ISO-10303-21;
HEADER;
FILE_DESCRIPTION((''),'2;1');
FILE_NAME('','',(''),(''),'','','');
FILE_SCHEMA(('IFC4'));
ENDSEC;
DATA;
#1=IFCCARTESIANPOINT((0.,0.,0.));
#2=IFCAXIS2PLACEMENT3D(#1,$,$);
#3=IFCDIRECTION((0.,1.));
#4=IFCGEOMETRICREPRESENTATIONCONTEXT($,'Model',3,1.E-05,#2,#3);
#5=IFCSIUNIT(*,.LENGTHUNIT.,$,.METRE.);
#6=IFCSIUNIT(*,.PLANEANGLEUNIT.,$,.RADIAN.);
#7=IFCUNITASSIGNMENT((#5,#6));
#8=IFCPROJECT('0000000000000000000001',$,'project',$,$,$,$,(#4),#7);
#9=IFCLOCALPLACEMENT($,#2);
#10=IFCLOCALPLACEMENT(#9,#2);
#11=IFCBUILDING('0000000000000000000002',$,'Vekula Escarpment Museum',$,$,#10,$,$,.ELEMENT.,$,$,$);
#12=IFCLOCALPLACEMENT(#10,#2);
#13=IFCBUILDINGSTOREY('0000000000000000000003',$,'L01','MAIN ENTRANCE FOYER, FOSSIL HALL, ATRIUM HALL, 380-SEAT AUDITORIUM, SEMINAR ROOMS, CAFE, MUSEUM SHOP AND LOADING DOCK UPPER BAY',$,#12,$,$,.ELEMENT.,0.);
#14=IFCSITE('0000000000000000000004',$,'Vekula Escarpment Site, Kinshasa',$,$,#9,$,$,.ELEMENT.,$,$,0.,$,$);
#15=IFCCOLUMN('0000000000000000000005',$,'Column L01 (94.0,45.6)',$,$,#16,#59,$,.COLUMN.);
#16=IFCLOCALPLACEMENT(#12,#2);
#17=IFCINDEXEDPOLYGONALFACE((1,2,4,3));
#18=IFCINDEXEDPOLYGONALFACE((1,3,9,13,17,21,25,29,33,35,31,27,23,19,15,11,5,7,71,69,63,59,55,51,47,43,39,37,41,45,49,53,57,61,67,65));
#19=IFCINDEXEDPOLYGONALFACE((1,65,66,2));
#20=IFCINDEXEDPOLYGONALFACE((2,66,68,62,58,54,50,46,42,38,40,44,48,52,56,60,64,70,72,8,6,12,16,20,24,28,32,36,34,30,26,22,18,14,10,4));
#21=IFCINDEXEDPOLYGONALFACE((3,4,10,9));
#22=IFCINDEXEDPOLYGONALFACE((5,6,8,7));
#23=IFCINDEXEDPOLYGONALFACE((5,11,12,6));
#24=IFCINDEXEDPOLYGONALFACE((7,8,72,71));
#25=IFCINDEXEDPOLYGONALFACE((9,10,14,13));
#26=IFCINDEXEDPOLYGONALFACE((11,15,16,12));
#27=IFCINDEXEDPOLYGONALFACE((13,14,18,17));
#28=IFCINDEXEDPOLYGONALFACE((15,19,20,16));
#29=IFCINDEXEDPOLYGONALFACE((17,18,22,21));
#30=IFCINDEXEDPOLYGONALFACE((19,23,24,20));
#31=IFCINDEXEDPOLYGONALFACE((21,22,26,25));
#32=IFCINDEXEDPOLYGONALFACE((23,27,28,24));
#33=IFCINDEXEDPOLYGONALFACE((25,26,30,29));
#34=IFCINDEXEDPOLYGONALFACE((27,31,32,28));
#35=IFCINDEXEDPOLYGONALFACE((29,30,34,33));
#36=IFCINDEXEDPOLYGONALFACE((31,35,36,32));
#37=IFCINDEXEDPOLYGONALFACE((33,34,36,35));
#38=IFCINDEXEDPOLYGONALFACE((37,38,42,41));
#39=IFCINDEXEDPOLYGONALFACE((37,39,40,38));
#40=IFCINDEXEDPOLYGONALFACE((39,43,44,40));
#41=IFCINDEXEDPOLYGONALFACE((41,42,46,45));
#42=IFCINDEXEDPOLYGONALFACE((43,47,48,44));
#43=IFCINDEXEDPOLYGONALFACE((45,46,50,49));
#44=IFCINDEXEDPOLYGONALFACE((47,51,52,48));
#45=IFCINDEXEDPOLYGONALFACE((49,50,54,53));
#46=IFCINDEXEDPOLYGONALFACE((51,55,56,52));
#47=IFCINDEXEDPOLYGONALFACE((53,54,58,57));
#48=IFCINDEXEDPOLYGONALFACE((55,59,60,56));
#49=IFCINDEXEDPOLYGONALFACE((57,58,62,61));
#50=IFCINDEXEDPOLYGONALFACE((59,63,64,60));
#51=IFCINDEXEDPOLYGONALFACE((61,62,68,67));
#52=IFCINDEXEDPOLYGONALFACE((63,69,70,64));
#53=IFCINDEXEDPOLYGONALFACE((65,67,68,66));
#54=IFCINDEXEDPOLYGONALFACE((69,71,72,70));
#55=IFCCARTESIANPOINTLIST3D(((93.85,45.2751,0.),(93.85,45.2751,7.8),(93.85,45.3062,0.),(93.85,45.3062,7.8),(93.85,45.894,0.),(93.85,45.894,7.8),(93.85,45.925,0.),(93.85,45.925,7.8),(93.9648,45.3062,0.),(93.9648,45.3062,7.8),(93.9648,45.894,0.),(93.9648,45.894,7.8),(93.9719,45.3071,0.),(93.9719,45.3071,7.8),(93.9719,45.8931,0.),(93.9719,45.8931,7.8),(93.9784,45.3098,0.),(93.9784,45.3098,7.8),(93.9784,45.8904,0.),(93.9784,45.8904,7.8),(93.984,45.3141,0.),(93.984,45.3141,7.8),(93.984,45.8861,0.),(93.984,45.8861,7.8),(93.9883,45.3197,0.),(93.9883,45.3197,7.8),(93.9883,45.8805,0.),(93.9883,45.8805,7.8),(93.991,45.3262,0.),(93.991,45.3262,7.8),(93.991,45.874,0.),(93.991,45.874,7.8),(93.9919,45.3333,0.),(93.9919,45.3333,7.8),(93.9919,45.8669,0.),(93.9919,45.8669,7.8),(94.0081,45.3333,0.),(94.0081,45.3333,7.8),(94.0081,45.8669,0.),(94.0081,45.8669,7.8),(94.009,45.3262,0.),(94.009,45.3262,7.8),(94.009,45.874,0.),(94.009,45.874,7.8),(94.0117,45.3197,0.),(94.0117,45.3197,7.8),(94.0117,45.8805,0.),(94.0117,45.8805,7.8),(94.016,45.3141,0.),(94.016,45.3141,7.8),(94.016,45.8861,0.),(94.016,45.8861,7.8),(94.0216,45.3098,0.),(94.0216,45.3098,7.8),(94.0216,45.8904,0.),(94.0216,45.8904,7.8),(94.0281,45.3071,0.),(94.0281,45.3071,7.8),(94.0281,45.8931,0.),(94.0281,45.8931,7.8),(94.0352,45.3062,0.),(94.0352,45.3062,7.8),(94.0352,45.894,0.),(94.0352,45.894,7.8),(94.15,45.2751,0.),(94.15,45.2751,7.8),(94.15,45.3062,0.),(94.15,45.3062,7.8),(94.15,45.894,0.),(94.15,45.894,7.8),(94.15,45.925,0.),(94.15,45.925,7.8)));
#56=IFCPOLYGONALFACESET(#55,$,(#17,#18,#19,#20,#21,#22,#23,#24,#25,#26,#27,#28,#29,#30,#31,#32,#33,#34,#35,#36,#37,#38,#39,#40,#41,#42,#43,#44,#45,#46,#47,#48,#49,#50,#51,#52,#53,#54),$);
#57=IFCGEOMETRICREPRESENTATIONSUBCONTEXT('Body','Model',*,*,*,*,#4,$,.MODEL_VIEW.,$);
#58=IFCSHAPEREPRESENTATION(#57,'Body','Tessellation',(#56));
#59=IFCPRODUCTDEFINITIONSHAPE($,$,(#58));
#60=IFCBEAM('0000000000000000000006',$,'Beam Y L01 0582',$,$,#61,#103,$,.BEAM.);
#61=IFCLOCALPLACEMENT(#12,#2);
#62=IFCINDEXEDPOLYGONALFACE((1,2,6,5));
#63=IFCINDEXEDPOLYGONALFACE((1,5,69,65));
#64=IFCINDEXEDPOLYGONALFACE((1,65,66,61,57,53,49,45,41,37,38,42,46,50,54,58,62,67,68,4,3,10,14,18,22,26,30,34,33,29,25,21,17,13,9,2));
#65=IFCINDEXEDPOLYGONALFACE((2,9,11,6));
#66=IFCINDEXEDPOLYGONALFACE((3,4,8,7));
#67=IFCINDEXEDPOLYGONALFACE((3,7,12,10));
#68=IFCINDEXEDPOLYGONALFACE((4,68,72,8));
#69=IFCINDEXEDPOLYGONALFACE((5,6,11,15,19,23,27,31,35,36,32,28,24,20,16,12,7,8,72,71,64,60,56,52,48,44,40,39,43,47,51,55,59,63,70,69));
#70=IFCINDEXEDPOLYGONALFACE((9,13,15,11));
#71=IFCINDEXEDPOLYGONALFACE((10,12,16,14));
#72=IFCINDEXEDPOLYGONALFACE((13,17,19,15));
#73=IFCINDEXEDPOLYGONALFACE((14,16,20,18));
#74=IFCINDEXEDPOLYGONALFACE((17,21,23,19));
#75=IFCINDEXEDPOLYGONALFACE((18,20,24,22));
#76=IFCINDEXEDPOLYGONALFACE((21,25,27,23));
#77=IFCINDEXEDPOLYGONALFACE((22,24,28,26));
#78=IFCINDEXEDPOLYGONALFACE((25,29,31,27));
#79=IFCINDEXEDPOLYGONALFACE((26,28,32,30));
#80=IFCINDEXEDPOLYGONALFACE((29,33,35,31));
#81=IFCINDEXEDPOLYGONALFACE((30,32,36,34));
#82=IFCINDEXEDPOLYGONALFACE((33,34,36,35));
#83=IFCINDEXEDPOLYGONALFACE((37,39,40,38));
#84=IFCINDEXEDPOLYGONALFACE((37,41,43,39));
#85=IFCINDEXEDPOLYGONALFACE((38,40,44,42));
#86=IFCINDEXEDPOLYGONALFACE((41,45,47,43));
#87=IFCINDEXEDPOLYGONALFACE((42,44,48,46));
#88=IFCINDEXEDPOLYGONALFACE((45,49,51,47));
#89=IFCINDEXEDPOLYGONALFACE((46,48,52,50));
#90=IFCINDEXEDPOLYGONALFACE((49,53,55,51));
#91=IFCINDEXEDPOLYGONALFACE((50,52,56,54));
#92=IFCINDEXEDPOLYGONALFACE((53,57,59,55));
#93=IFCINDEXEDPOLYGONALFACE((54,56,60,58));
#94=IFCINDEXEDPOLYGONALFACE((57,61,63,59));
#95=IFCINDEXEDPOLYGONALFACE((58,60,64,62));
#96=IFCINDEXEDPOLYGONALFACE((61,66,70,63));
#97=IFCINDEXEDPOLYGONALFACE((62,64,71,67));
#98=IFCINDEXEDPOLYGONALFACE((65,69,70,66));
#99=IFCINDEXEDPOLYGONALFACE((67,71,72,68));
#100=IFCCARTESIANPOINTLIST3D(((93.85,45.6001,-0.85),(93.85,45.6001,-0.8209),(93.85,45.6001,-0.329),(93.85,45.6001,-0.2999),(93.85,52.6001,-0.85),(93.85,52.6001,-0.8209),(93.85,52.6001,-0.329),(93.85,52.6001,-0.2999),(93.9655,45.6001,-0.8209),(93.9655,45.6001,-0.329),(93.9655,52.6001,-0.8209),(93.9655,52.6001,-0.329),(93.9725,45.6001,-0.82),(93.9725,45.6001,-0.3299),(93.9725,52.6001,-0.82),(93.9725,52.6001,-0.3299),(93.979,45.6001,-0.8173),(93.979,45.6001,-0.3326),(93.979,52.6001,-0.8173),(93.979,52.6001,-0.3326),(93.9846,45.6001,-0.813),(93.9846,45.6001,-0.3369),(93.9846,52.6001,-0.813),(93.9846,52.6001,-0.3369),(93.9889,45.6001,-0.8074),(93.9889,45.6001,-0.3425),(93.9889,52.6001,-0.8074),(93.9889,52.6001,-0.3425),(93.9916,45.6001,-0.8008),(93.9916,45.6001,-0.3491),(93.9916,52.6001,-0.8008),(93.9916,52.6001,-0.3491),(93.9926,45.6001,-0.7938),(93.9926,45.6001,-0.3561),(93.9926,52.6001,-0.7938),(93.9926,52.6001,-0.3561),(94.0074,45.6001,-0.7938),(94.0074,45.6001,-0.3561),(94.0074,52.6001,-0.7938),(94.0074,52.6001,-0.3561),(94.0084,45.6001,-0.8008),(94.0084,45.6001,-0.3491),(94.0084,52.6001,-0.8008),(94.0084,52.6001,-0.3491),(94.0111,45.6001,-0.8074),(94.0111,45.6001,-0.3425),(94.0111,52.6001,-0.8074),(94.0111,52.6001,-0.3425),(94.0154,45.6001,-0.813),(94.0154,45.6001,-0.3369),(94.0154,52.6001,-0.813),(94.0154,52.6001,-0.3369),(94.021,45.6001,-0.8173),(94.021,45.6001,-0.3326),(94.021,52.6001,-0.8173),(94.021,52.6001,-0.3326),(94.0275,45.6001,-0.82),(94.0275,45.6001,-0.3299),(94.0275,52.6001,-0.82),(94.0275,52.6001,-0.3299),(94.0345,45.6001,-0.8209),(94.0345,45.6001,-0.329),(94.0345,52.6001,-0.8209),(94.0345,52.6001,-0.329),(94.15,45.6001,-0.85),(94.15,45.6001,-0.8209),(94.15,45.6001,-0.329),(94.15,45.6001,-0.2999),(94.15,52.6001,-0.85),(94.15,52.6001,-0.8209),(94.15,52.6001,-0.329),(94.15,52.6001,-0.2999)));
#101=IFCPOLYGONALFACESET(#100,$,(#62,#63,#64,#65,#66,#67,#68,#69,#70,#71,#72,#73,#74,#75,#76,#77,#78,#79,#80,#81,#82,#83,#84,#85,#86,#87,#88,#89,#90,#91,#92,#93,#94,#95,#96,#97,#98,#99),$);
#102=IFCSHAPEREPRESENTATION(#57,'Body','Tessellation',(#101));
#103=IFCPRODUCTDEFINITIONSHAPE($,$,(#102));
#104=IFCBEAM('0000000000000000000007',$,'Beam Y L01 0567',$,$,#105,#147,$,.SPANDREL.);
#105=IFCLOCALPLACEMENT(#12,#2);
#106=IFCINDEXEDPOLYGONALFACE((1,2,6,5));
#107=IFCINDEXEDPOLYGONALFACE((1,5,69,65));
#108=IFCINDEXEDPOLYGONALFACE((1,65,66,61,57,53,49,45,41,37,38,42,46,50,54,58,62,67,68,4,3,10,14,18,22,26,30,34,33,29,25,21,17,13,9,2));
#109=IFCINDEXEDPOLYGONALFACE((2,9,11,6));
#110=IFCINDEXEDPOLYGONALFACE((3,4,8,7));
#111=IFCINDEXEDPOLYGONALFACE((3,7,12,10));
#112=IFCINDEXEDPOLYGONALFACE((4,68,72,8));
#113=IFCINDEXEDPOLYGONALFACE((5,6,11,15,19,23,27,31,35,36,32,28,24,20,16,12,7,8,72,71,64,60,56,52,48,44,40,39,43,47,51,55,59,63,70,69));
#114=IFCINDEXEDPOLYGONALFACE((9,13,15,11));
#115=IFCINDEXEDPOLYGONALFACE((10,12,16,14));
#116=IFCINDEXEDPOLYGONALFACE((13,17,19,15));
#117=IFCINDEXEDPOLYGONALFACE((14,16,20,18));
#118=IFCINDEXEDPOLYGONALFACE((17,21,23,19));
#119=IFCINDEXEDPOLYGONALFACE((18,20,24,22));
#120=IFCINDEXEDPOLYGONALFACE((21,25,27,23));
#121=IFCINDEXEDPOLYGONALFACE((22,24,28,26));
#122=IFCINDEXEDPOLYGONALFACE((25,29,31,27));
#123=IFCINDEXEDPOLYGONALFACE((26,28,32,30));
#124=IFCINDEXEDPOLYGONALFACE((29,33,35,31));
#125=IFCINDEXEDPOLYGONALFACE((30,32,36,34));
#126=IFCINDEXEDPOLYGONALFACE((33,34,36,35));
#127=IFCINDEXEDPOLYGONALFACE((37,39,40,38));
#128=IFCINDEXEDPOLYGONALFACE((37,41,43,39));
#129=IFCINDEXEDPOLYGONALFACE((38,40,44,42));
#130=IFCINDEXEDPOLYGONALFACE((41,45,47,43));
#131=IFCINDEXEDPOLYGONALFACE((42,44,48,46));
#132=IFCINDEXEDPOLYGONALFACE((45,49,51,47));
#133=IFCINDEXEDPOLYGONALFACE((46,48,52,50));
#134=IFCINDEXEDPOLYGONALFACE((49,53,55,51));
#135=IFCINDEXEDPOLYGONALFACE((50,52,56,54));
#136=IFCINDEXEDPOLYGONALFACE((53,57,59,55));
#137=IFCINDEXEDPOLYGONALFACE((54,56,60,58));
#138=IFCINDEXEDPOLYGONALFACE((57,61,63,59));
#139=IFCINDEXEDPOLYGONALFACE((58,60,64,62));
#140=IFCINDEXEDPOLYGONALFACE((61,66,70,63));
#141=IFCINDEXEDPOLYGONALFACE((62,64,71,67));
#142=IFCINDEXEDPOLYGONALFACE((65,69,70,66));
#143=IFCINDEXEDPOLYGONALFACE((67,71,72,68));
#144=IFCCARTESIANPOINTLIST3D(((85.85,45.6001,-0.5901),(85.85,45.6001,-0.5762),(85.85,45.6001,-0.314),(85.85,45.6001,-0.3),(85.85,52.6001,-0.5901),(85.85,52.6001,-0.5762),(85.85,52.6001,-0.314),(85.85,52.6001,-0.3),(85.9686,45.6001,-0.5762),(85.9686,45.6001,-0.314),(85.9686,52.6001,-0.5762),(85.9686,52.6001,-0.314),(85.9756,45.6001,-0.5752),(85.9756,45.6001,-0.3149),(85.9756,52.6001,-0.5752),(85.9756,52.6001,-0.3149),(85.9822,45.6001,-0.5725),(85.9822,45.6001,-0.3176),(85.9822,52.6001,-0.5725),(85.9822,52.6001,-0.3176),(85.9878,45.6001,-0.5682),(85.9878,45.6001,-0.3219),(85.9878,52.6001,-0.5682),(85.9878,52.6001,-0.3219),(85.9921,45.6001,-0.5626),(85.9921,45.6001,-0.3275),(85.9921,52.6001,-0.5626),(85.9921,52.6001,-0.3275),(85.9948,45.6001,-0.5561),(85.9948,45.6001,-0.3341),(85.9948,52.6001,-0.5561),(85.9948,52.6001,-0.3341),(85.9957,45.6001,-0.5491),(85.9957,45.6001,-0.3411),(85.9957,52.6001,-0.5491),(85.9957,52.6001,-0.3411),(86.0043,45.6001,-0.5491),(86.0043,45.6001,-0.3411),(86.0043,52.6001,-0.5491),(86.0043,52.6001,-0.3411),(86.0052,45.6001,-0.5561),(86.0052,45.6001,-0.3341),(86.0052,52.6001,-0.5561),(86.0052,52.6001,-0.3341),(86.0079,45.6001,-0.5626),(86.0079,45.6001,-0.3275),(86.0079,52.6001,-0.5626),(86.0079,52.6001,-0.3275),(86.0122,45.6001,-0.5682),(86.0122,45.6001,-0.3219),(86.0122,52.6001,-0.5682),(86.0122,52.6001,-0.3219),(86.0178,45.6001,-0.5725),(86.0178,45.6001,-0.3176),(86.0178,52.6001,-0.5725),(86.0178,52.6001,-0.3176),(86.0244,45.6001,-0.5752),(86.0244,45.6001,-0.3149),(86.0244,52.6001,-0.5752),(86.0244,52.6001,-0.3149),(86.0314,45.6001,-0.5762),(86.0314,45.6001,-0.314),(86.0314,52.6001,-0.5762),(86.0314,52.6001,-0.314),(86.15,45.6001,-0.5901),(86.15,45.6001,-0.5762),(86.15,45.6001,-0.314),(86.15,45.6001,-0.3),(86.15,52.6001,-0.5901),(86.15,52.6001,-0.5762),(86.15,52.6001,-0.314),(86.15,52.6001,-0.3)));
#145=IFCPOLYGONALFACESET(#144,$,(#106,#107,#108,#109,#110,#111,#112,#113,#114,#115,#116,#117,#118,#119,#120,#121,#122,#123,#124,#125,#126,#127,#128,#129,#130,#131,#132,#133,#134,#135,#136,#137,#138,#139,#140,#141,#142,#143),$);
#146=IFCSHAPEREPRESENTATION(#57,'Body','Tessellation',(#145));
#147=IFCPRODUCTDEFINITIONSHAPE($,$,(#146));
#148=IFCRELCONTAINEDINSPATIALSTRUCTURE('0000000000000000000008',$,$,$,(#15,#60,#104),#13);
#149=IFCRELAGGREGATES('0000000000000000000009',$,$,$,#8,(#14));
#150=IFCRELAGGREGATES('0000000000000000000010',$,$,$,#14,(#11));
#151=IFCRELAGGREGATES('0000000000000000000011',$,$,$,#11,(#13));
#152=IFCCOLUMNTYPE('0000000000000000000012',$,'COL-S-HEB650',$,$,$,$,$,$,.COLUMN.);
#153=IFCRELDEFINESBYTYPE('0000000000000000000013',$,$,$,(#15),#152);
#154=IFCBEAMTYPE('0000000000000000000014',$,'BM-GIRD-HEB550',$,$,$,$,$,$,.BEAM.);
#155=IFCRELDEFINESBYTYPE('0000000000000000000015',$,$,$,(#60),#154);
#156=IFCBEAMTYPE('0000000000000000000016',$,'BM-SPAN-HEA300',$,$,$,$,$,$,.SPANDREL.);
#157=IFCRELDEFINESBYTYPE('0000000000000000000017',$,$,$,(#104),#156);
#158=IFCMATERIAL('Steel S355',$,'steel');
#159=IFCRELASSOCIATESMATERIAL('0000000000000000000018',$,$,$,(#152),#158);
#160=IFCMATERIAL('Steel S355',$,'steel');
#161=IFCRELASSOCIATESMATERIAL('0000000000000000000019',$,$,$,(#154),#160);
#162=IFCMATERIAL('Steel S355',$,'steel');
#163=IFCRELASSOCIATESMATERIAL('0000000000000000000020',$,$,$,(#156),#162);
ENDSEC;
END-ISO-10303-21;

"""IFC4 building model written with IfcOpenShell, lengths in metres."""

from ifc_helpers import new_model, si_unit, direction, frame, origin, origin_2d, place, context, subcontext, project, spatial, i_section, extrude, material, material_profile, profile_set, type_object, element, save


model = new_model("IFC4")

# Units and contexts
model_context = context("Model", 3, precision=1e-05, world=origin(), true_north=direction((0.0, 1.0)))
body_context = subcontext(model_context, "Body", "Model", "MODEL_VIEW")
ifc_project = project(units=[si_unit("LENGTHUNIT", "METRE"), si_unit("PLANEANGLEUNIT", "RADIAN")], contexts=[model_context])

# Site, building, storey
site_placement = place(None, origin())
site = spatial("IfcSite", under=ifc_project, at=site_placement, Name="Vekula Escarpment Site, Kinshasa", CompositionType="ELEMENT", RefElevation=0.0)
building_placement = place(site_placement, origin())
building = spatial("IfcBuilding", under=site, at=building_placement, Name="Vekula Escarpment Museum", CompositionType="ELEMENT")
storey_placement = place(building_placement, origin())
storey = spatial("IfcBuildingStorey", under=building, at=storey_placement, Name="L01", Description="MAIN ENTRANCE FOYER, FOSSIL HALL, ATRIUM HALL, 380-SEAT AUDITORIUM, SEMINAR ROOMS, CAFE, MUSEUM SHOP AND LOADING DOCK UPPER BAY", CompositionType="ELEMENT", Elevation=0.0)

# Column
ifc_material_1 = material(Name="Steel S355", Category="steel")
ifc_material_profile_1 = material_profile(ifc_material_1, i_section(OverallWidth=0.3, OverallDepth=0.6499, WebThickness=0.0161, FlangeThickness=0.031, FilletRadius=0.0271, at=origin_2d()), Name="HEB 650")
ifc_profile_set_1 = profile_set([ifc_material_profile_1], Name="Steel S355")
column_type = type_object("IfcColumnType", Name="COL-S-HEB650", PredefinedType="COLUMN", material=ifc_profile_set_1)
column_placement = place(storey_placement, frame((94.0, 45.6001, 0.0), z_axis=(0.0, 0.0, 1.0), x_axis=(1.0, 0.0, 0.0)))
element("IfcColumn", 1, at=column_placement, inside=storey, type_object=column_type, Name="Column L01 (94.0,45.6)", PredefinedType="COLUMN", context=body_context, shape_type="SweptSolid", body=[
    extrude(i_section(OverallWidth=0.3, OverallDepth=0.6499, WebThickness=0.0161, FlangeThickness=0.031, FilletRadius=0.0271, at=origin_2d()), origin(), (0.0, 0.0, 1.0), 7.8),
])

# Beams
ifc_material_2 = material(Name="Steel S355", Category="steel")
ifc_material_profile_2 = material_profile(ifc_material_2, i_section(OverallWidth=0.3, OverallDepth=0.55, WebThickness=0.0149, FlangeThickness=0.0291, FilletRadius=0.0271, at=origin_2d()), Name="HEB 550")
ifc_profile_set_2 = profile_set([ifc_material_profile_2], Name="Steel S355")
beam_type_1 = type_object("IfcBeamType", Name="BM-GIRD-HEB550", PredefinedType="BEAM", material=ifc_profile_set_2)
beam_1_placement = place(storey_placement, frame((94.0, 45.6001, -0.575), z_axis=(0.0, 1.0, 0.0), x_axis=(-1.0, 0.0, 0.0)))
element("IfcBeam", 2, at=beam_1_placement, inside=storey, type_object=beam_type_1, Name="Beam Y L01 0582", PredefinedType="BEAM", context=body_context, shape_type="SweptSolid", body=[
    extrude(i_section(OverallWidth=0.3, OverallDepth=0.55, WebThickness=0.0149, FlangeThickness=0.0291, FilletRadius=0.0271, at=origin_2d()), origin(), (0.0, 0.0, 1.0), 7.0),
])
ifc_material_3 = material(Name="Steel S355", Category="steel")
ifc_material_profile_3 = material_profile(ifc_material_3, i_section(OverallWidth=0.3, OverallDepth=0.29, WebThickness=0.0085, FlangeThickness=0.0139, FilletRadius=0.0271, at=origin_2d()), Name="HEA 300")
ifc_profile_set_3 = profile_set([ifc_material_profile_3], Name="Steel S355")
beam_type_2 = type_object("IfcBeamType", Name="BM-SPAN-HEA300", PredefinedType="SPANDREL", material=ifc_profile_set_3)
beam_2_placement = place(storey_placement, frame((86.0, 45.6001, -0.4451), z_axis=(0.0, 1.0, 0.0), x_axis=(-1.0, 0.0, 0.0)))
element("IfcBeam", 3, at=beam_2_placement, inside=storey, type_object=beam_type_2, Name="Beam Y L01 0567", PredefinedType="SPANDREL", context=body_context, shape_type="SweptSolid", body=[
    extrude(i_section(OverallWidth=0.3, OverallDepth=0.29, WebThickness=0.0085, FlangeThickness=0.0139, FilletRadius=0.0271, at=origin_2d()), origin(), (0.0, 0.0, 1.0), 7.0),
])

save(model, "model.ifc")
